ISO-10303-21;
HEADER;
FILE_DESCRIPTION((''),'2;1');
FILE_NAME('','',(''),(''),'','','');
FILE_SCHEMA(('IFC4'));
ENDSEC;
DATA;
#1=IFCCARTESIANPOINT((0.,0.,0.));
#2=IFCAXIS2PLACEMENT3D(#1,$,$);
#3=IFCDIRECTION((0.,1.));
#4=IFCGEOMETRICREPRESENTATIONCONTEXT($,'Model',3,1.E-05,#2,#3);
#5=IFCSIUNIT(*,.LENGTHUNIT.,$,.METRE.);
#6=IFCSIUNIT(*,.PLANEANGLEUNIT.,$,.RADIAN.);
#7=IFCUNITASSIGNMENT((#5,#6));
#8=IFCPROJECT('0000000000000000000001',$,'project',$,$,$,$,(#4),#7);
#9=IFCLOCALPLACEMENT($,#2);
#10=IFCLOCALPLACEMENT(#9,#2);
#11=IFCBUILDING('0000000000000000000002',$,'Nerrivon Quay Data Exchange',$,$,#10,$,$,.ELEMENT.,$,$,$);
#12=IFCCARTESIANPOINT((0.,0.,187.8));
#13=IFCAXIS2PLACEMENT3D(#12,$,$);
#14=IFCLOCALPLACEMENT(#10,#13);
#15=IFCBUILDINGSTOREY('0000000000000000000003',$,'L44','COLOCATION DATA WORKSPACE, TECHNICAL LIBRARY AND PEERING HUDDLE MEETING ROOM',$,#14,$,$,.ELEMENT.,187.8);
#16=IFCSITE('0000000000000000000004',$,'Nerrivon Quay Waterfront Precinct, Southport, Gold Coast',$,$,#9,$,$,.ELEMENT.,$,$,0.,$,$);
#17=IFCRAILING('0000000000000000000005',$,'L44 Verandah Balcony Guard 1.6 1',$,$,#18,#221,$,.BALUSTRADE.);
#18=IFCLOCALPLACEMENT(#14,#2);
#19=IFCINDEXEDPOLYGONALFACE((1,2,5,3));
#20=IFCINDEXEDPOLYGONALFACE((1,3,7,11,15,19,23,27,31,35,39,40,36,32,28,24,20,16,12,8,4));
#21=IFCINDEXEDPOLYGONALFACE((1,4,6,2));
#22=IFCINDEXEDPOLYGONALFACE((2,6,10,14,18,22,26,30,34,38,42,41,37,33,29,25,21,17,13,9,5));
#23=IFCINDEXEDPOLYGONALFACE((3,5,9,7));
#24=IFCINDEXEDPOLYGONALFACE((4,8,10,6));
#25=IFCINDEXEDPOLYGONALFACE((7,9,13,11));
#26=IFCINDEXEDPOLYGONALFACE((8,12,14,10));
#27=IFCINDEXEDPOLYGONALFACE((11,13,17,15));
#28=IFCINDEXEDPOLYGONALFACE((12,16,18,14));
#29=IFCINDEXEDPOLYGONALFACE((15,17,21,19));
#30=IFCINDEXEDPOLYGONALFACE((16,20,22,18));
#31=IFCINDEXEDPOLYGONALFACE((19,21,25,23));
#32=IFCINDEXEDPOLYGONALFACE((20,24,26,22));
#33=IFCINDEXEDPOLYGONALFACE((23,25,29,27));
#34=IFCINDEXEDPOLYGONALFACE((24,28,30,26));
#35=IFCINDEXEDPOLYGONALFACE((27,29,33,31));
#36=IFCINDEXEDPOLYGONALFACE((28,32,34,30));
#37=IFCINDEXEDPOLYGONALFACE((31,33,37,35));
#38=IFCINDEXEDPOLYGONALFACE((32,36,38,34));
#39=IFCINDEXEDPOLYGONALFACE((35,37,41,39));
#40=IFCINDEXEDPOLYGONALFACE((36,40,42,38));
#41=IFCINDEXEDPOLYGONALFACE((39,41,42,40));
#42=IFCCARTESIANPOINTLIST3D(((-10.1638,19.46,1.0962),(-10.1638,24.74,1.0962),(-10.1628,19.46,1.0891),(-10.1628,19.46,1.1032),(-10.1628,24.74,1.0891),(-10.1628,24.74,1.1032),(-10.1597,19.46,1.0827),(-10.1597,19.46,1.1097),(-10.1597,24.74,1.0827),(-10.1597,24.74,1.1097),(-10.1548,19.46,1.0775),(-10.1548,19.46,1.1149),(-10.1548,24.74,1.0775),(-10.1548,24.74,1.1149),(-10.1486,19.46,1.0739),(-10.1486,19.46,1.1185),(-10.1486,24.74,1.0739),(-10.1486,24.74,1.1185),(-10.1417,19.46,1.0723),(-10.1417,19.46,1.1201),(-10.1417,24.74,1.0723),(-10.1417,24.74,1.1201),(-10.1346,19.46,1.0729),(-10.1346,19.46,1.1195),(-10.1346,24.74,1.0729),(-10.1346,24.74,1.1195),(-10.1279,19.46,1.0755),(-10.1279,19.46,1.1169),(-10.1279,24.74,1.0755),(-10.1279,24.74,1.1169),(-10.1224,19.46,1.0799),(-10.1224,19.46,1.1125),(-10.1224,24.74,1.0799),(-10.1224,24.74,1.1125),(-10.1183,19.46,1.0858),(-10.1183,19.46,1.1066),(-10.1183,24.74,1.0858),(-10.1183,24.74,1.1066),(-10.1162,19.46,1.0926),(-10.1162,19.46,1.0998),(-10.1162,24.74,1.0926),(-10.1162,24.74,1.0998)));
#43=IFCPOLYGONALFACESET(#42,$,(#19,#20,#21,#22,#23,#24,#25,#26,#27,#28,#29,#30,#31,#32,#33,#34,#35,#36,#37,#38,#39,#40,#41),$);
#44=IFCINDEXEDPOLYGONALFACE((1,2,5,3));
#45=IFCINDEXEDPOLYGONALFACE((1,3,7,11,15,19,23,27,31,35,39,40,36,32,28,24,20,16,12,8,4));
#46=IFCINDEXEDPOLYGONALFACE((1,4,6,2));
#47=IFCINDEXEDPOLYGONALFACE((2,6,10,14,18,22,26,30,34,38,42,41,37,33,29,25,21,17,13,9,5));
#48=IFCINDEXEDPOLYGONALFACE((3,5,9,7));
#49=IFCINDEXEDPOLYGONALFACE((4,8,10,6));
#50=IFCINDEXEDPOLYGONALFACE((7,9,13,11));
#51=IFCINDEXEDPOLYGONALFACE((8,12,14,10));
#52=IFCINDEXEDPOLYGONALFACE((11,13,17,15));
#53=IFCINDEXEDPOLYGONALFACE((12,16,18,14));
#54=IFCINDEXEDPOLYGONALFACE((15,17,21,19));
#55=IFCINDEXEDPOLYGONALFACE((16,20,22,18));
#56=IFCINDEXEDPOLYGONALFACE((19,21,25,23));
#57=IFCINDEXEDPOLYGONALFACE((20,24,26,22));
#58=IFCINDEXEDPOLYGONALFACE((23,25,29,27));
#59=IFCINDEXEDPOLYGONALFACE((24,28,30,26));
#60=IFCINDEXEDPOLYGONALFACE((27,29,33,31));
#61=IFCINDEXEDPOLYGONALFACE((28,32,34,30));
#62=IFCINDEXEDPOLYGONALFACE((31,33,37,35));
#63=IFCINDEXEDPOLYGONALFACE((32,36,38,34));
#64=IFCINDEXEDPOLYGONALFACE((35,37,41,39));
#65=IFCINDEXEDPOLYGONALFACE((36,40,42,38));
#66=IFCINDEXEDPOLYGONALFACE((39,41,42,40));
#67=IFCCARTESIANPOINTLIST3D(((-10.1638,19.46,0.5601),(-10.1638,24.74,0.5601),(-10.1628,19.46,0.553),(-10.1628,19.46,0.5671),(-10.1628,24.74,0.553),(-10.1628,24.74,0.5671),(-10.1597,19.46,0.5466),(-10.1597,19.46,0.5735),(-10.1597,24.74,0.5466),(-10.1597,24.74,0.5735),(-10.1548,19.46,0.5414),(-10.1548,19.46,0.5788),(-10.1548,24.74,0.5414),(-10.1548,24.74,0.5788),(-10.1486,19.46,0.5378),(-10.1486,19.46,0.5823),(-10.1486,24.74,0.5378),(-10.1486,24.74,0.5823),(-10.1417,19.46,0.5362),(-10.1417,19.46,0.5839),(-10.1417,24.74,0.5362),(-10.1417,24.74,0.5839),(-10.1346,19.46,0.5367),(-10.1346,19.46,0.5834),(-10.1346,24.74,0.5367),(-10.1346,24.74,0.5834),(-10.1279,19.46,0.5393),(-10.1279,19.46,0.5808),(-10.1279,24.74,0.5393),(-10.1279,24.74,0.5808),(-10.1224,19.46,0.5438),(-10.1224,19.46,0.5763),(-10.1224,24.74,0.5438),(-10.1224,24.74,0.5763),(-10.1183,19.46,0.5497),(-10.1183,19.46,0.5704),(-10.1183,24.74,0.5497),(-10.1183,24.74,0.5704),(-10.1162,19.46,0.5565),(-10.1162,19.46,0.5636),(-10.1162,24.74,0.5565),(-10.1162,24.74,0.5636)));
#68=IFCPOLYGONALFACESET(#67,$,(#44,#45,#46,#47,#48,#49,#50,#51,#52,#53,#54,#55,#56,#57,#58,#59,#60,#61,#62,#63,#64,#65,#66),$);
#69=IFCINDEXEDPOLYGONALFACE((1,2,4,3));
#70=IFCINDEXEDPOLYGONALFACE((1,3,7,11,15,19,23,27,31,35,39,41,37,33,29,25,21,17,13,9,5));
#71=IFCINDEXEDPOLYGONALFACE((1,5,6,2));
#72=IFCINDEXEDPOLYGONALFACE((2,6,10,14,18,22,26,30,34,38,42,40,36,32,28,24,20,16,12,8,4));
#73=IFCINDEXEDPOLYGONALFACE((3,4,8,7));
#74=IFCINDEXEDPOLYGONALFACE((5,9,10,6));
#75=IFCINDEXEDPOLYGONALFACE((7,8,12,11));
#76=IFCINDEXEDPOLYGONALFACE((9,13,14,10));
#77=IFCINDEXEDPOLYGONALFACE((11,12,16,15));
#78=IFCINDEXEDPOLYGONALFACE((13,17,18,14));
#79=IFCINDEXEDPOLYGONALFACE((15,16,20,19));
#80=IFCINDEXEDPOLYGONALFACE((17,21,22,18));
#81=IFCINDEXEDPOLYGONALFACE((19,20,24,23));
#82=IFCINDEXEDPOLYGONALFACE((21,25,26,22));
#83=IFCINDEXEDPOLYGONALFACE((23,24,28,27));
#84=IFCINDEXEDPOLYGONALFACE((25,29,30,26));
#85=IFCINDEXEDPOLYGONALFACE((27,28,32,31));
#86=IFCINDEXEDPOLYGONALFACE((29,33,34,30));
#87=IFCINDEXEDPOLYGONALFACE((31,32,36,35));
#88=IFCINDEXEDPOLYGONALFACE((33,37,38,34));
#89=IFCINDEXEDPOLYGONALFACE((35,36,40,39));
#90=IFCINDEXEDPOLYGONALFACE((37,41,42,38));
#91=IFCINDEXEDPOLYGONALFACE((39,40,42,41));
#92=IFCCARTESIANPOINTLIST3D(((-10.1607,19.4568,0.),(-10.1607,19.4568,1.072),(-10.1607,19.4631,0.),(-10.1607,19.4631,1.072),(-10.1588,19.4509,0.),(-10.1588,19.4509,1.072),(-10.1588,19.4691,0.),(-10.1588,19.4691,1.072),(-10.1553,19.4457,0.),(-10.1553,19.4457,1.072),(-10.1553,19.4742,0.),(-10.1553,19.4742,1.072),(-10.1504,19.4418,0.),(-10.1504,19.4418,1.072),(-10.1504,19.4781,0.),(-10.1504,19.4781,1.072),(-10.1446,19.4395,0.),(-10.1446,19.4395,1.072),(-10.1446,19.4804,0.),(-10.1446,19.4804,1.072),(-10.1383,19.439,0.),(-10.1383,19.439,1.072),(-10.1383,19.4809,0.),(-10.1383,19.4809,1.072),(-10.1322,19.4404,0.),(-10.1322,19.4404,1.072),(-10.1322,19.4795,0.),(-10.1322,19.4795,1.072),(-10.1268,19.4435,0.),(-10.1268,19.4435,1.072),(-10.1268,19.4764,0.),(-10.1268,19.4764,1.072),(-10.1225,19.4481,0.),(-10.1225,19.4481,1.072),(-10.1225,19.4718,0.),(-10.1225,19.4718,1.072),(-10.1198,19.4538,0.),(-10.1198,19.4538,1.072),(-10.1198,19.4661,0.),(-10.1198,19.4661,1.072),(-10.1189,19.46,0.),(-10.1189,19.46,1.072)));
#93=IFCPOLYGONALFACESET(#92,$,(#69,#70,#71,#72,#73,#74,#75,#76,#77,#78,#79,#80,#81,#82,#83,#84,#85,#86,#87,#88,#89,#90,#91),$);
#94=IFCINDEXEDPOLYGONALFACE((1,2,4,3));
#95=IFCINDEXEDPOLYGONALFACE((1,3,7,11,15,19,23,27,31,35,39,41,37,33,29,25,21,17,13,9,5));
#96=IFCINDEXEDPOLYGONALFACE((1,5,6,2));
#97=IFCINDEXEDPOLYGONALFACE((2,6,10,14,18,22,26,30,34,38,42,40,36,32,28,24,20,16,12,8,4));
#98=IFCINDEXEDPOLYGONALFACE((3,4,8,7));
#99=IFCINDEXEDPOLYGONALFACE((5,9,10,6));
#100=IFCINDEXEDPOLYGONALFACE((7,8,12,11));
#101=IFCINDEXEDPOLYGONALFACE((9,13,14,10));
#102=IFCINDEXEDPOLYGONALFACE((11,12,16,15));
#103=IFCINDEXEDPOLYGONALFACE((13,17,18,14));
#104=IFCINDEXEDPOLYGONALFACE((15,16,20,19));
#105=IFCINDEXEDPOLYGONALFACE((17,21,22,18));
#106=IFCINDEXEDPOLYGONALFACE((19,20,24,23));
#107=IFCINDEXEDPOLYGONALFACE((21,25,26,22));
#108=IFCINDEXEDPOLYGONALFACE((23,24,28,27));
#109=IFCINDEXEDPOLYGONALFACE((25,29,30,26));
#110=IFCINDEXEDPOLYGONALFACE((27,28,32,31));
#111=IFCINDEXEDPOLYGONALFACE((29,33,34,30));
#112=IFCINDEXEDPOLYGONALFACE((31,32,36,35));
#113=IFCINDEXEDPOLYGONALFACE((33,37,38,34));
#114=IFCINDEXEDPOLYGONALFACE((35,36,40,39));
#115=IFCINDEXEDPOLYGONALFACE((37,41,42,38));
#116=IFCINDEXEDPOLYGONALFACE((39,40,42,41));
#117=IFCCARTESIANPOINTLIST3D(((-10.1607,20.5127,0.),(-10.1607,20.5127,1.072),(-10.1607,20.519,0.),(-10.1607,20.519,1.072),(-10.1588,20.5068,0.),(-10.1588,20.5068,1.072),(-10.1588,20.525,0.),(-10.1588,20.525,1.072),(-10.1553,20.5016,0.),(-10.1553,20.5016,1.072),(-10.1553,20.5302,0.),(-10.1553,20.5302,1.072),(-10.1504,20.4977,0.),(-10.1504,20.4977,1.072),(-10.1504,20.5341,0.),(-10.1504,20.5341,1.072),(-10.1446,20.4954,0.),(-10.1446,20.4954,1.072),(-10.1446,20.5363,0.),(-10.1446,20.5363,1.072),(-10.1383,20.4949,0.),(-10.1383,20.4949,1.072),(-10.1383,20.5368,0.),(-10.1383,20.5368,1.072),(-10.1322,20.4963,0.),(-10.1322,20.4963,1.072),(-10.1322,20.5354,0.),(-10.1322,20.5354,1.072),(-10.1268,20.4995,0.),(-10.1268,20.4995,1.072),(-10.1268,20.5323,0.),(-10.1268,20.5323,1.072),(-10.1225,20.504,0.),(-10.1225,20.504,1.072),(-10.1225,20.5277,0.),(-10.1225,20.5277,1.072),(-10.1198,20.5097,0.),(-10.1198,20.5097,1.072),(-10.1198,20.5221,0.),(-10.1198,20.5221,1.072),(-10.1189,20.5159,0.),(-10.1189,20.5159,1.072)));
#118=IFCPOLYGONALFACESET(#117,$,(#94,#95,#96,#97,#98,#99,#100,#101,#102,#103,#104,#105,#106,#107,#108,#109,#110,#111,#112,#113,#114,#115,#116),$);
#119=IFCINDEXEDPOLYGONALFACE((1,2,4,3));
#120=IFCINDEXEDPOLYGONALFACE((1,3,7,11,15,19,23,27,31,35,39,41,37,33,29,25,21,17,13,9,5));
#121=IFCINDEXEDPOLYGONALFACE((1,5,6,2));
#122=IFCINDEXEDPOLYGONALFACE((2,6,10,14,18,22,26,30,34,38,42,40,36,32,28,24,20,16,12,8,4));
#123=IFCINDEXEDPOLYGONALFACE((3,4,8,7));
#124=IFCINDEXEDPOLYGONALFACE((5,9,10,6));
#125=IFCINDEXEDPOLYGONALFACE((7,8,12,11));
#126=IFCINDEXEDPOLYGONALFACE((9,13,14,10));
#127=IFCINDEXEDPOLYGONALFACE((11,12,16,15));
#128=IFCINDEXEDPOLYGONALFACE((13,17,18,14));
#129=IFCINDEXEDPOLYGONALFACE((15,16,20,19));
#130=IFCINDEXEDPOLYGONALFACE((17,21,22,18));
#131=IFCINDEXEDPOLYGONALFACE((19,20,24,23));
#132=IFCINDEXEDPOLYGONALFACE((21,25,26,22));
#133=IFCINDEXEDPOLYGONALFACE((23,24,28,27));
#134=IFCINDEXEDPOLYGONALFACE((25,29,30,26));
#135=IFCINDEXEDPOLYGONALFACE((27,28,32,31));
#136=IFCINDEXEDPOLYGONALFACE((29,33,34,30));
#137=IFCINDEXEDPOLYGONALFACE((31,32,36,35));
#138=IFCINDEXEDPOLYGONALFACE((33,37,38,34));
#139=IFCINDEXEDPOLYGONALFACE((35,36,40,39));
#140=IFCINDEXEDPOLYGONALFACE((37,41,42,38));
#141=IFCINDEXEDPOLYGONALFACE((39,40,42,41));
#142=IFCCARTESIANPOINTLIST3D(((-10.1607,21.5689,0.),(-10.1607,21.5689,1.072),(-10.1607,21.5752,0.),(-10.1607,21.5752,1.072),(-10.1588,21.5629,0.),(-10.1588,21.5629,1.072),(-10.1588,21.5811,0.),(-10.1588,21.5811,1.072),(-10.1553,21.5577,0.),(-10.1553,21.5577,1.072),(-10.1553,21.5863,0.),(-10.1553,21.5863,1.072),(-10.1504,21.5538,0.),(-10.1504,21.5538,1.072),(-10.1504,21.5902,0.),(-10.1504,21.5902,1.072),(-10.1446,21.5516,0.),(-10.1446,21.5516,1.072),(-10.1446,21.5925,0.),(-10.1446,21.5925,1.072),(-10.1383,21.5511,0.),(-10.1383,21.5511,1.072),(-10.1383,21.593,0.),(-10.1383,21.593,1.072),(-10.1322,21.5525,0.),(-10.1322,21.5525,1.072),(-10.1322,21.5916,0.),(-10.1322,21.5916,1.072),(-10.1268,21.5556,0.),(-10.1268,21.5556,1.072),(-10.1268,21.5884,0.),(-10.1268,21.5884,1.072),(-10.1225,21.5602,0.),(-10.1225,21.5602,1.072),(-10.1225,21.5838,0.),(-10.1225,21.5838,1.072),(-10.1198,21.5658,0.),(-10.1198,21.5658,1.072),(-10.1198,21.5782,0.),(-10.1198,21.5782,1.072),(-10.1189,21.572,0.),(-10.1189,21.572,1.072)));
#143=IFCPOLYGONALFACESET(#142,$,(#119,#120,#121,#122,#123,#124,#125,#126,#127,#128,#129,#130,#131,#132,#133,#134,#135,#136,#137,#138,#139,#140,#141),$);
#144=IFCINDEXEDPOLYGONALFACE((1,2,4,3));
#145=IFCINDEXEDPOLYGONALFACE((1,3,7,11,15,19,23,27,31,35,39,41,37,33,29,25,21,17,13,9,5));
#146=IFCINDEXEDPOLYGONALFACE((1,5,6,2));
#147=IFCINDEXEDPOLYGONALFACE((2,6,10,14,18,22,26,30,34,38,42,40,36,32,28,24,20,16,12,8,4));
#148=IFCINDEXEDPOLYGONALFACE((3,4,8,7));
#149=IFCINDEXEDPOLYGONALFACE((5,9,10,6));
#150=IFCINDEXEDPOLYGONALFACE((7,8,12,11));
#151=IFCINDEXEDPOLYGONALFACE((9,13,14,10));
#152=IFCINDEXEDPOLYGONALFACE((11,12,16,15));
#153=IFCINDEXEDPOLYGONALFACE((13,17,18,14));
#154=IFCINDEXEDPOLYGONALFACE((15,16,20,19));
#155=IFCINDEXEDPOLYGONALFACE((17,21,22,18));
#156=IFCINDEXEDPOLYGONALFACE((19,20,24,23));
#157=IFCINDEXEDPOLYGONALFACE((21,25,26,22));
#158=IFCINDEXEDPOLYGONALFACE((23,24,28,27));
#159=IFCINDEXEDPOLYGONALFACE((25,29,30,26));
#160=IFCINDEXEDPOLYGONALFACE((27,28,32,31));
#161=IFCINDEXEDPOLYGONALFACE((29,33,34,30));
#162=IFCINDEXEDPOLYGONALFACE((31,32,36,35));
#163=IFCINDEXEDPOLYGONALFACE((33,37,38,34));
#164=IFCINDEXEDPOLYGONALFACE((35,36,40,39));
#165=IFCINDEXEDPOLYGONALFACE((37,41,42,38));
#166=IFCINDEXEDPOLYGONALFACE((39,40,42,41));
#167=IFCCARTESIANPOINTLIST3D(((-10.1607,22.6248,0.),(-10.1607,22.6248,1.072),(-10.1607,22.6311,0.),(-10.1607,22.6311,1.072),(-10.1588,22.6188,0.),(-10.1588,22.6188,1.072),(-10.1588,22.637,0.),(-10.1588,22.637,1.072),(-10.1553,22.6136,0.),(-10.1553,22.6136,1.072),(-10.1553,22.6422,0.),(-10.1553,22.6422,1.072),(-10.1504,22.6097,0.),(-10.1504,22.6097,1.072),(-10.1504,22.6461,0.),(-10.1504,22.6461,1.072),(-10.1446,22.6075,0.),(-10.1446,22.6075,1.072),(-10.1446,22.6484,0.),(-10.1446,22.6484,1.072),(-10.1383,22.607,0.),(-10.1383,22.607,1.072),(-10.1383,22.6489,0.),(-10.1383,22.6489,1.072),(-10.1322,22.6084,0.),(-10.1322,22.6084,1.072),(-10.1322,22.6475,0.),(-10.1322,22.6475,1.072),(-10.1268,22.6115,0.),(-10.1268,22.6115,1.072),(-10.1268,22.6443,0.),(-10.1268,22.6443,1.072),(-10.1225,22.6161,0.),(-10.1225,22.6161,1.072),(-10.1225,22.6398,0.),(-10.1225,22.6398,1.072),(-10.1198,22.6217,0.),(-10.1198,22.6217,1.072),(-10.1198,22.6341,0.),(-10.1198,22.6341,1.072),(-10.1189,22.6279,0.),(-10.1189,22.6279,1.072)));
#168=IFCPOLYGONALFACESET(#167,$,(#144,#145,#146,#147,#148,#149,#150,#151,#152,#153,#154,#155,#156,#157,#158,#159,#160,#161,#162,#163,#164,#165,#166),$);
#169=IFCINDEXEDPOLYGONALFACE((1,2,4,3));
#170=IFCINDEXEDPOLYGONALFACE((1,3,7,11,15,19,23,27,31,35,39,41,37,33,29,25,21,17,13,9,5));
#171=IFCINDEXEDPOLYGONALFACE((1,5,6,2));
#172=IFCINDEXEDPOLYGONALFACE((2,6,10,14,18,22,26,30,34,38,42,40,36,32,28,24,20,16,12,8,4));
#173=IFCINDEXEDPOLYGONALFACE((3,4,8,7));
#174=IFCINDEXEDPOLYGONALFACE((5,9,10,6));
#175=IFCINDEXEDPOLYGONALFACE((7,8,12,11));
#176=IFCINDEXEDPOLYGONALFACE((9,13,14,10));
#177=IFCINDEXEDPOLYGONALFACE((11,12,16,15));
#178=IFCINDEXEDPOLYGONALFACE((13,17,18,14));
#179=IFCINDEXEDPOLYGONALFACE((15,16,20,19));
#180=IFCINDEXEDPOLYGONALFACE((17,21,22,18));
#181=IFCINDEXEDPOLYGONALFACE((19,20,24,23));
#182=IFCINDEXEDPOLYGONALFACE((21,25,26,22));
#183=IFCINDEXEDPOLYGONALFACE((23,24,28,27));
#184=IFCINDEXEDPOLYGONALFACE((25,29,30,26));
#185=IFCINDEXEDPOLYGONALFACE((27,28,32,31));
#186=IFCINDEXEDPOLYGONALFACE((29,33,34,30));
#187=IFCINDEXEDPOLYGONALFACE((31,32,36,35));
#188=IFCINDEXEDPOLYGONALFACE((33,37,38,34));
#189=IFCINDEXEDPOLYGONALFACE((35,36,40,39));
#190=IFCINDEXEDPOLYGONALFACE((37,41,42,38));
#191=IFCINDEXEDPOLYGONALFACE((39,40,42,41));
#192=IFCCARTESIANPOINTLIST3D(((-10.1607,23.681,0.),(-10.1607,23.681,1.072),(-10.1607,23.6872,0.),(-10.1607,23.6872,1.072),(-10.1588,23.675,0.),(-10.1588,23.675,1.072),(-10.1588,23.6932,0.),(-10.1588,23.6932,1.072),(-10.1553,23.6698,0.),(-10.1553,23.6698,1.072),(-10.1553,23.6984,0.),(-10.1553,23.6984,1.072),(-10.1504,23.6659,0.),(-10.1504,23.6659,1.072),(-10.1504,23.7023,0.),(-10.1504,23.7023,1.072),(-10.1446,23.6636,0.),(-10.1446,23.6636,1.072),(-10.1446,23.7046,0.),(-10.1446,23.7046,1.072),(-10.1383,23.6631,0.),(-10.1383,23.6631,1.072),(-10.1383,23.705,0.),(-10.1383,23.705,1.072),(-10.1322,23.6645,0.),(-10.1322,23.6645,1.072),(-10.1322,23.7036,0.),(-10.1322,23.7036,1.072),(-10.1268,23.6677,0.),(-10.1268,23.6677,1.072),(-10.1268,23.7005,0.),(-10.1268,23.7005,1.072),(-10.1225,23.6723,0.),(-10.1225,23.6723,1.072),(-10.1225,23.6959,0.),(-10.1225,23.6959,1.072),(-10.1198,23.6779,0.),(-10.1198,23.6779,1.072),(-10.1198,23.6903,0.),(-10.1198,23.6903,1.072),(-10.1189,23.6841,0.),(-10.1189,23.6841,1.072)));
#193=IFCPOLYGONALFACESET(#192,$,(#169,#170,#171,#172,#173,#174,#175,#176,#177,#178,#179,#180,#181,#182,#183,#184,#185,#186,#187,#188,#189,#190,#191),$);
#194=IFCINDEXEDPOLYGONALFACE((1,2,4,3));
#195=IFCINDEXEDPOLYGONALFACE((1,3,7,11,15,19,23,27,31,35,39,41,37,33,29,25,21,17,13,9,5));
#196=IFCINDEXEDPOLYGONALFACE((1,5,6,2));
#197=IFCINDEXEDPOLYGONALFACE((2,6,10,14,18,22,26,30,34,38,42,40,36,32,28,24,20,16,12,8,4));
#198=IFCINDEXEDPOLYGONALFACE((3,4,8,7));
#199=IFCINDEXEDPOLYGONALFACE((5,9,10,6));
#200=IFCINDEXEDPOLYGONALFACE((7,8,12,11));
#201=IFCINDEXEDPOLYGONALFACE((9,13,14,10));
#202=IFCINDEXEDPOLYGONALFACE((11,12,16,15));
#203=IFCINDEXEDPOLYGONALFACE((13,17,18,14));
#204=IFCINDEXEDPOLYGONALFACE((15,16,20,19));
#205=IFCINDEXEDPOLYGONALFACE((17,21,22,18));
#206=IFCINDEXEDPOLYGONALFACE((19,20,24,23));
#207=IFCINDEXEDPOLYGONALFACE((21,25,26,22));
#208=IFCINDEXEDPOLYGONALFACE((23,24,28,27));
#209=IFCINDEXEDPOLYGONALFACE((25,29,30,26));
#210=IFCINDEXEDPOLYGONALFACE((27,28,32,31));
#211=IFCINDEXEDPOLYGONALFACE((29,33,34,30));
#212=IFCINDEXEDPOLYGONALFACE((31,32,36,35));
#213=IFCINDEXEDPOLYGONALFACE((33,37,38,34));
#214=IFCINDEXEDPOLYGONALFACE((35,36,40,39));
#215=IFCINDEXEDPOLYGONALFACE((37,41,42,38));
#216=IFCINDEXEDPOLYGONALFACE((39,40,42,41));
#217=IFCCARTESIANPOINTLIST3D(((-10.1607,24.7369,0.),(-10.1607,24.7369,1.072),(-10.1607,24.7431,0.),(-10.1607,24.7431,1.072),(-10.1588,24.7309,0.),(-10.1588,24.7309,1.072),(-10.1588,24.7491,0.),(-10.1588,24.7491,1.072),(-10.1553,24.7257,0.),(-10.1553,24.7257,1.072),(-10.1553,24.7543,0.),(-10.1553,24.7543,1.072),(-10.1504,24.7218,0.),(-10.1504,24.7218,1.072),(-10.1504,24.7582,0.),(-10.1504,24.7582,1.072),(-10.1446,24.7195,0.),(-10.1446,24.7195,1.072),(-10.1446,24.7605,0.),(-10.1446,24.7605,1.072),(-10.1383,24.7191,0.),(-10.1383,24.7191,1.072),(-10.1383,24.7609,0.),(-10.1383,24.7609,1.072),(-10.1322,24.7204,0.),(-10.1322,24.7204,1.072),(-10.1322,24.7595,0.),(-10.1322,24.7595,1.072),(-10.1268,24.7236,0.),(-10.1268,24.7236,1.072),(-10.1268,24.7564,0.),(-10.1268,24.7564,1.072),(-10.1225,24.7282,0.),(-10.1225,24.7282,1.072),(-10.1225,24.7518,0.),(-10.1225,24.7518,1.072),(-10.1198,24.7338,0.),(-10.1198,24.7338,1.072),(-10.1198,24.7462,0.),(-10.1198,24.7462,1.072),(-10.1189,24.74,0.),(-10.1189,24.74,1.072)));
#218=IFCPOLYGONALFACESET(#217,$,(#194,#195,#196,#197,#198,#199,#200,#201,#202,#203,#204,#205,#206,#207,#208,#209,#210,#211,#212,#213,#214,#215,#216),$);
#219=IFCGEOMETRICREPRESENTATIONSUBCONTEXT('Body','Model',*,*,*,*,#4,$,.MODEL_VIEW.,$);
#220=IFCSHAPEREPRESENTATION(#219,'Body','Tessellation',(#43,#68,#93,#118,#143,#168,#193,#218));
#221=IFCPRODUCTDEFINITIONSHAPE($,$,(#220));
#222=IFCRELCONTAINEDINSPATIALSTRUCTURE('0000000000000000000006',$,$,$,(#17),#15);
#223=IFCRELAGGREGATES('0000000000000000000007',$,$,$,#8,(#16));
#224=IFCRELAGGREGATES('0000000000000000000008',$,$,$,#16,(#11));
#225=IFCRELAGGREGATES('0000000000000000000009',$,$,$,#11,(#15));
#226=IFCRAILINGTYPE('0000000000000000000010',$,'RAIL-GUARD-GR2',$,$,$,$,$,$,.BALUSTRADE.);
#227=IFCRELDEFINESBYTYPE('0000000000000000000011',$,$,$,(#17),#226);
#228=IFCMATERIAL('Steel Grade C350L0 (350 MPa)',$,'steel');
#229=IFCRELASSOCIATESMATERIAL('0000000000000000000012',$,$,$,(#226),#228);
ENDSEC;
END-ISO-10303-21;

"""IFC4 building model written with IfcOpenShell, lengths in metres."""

from ifc_helpers import new_model, si_unit, direction, frame, origin, origin_2d, place, context, subcontext, project, spatial, circle, extrude, material, type_object, element, save


model = new_model("IFC4")

# Units and contexts
model_context = context("Model", 3, precision=1e-05, world=origin(), true_north=direction((0.0, 1.0)))
body_context = subcontext(model_context, "Body", "Model", "MODEL_VIEW")
ifc_project = project(units=[si_unit("LENGTHUNIT", "METRE"), si_unit("PLANEANGLEUNIT", "RADIAN")], contexts=[model_context])

# Site, building, storey
site_placement = place(None, origin())
site = spatial("IfcSite", under=ifc_project, at=site_placement, Name="Nerrivon Quay Waterfront Precinct, Southport, Gold Coast", CompositionType="ELEMENT", RefElevation=0.0)
building_placement = place(site_placement, origin())
building = spatial("IfcBuilding", under=site, at=building_placement, Name="Nerrivon Quay Data Exchange", CompositionType="ELEMENT")
storey_placement = place(building_placement, frame((0.0, 0.0, 187.8)))
storey = spatial("IfcBuildingStorey", under=building, at=storey_placement, Name="L44", Description="COLOCATION DATA WORKSPACE, TECHNICAL LIBRARY AND PEERING HUDDLE MEETING ROOM", CompositionType="ELEMENT", Elevation=187.8)

# Railing
ifc_material_1 = material(Name="Steel Grade C350L0 (350 MPa)", Category="steel")
railing_type = type_object("IfcRailingType", Name="RAIL-GUARD-GR2", PredefinedType="BALUSTRADE", material=ifc_material_1)
railing_1_placement = place(storey_placement, frame((-10.1399, 19.46, 0.0)))
element("IfcRailing", 1, at=railing_1_placement, inside=storey, type_object=railing_type, Name="L44 Verandah Balcony Guard 1.6 1", PredefinedType="BALUSTRADE", context=body_context, shape_type="SweptSolid", body=[
    extrude(circle(Radius=0.0239, at=origin_2d()), frame((0.0, 0.0, 1.0962), z_axis=(0.0, 1.0, 0.0), x_axis=(-1.0, 0.0, 0.0)), (0.0, 0.0, 1.0), 5.28),
    extrude(circle(Radius=0.0239, at=origin_2d()), frame((0.0, 0.0, 0.5601), z_axis=(0.0, 1.0, 0.0), x_axis=(-1.0, 0.0, 0.0)), (0.0, 0.0, 1.0), 5.28),
    extrude(circle(Radius=0.021, at=origin_2d()), origin(), (0.0, 0.0, 1.0), 1.072),
    extrude(circle(Radius=0.021, at=origin_2d()), frame((0.0, 1.0559, 0.0)), (0.0, 0.0, 1.0), 1.072),
    extrude(circle(Radius=0.021, at=origin_2d()), frame((0.0, 2.1121, 0.0)), (0.0, 0.0, 1.0), 1.072),
    extrude(circle(Radius=0.021, at=origin_2d()), frame((0.0, 3.168, 0.0)), (0.0, 0.0, 1.0), 1.072),
    extrude(circle(Radius=0.021, at=origin_2d()), frame((0.0, 4.2241, 0.0)), (0.0, 0.0, 1.0), 1.072),
    extrude(circle(Radius=0.021, at=origin_2d()), frame((0.0, 5.28, 0.0)), (0.0, 0.0, 1.0), 1.072),
])

save(model, "model.ifc")
